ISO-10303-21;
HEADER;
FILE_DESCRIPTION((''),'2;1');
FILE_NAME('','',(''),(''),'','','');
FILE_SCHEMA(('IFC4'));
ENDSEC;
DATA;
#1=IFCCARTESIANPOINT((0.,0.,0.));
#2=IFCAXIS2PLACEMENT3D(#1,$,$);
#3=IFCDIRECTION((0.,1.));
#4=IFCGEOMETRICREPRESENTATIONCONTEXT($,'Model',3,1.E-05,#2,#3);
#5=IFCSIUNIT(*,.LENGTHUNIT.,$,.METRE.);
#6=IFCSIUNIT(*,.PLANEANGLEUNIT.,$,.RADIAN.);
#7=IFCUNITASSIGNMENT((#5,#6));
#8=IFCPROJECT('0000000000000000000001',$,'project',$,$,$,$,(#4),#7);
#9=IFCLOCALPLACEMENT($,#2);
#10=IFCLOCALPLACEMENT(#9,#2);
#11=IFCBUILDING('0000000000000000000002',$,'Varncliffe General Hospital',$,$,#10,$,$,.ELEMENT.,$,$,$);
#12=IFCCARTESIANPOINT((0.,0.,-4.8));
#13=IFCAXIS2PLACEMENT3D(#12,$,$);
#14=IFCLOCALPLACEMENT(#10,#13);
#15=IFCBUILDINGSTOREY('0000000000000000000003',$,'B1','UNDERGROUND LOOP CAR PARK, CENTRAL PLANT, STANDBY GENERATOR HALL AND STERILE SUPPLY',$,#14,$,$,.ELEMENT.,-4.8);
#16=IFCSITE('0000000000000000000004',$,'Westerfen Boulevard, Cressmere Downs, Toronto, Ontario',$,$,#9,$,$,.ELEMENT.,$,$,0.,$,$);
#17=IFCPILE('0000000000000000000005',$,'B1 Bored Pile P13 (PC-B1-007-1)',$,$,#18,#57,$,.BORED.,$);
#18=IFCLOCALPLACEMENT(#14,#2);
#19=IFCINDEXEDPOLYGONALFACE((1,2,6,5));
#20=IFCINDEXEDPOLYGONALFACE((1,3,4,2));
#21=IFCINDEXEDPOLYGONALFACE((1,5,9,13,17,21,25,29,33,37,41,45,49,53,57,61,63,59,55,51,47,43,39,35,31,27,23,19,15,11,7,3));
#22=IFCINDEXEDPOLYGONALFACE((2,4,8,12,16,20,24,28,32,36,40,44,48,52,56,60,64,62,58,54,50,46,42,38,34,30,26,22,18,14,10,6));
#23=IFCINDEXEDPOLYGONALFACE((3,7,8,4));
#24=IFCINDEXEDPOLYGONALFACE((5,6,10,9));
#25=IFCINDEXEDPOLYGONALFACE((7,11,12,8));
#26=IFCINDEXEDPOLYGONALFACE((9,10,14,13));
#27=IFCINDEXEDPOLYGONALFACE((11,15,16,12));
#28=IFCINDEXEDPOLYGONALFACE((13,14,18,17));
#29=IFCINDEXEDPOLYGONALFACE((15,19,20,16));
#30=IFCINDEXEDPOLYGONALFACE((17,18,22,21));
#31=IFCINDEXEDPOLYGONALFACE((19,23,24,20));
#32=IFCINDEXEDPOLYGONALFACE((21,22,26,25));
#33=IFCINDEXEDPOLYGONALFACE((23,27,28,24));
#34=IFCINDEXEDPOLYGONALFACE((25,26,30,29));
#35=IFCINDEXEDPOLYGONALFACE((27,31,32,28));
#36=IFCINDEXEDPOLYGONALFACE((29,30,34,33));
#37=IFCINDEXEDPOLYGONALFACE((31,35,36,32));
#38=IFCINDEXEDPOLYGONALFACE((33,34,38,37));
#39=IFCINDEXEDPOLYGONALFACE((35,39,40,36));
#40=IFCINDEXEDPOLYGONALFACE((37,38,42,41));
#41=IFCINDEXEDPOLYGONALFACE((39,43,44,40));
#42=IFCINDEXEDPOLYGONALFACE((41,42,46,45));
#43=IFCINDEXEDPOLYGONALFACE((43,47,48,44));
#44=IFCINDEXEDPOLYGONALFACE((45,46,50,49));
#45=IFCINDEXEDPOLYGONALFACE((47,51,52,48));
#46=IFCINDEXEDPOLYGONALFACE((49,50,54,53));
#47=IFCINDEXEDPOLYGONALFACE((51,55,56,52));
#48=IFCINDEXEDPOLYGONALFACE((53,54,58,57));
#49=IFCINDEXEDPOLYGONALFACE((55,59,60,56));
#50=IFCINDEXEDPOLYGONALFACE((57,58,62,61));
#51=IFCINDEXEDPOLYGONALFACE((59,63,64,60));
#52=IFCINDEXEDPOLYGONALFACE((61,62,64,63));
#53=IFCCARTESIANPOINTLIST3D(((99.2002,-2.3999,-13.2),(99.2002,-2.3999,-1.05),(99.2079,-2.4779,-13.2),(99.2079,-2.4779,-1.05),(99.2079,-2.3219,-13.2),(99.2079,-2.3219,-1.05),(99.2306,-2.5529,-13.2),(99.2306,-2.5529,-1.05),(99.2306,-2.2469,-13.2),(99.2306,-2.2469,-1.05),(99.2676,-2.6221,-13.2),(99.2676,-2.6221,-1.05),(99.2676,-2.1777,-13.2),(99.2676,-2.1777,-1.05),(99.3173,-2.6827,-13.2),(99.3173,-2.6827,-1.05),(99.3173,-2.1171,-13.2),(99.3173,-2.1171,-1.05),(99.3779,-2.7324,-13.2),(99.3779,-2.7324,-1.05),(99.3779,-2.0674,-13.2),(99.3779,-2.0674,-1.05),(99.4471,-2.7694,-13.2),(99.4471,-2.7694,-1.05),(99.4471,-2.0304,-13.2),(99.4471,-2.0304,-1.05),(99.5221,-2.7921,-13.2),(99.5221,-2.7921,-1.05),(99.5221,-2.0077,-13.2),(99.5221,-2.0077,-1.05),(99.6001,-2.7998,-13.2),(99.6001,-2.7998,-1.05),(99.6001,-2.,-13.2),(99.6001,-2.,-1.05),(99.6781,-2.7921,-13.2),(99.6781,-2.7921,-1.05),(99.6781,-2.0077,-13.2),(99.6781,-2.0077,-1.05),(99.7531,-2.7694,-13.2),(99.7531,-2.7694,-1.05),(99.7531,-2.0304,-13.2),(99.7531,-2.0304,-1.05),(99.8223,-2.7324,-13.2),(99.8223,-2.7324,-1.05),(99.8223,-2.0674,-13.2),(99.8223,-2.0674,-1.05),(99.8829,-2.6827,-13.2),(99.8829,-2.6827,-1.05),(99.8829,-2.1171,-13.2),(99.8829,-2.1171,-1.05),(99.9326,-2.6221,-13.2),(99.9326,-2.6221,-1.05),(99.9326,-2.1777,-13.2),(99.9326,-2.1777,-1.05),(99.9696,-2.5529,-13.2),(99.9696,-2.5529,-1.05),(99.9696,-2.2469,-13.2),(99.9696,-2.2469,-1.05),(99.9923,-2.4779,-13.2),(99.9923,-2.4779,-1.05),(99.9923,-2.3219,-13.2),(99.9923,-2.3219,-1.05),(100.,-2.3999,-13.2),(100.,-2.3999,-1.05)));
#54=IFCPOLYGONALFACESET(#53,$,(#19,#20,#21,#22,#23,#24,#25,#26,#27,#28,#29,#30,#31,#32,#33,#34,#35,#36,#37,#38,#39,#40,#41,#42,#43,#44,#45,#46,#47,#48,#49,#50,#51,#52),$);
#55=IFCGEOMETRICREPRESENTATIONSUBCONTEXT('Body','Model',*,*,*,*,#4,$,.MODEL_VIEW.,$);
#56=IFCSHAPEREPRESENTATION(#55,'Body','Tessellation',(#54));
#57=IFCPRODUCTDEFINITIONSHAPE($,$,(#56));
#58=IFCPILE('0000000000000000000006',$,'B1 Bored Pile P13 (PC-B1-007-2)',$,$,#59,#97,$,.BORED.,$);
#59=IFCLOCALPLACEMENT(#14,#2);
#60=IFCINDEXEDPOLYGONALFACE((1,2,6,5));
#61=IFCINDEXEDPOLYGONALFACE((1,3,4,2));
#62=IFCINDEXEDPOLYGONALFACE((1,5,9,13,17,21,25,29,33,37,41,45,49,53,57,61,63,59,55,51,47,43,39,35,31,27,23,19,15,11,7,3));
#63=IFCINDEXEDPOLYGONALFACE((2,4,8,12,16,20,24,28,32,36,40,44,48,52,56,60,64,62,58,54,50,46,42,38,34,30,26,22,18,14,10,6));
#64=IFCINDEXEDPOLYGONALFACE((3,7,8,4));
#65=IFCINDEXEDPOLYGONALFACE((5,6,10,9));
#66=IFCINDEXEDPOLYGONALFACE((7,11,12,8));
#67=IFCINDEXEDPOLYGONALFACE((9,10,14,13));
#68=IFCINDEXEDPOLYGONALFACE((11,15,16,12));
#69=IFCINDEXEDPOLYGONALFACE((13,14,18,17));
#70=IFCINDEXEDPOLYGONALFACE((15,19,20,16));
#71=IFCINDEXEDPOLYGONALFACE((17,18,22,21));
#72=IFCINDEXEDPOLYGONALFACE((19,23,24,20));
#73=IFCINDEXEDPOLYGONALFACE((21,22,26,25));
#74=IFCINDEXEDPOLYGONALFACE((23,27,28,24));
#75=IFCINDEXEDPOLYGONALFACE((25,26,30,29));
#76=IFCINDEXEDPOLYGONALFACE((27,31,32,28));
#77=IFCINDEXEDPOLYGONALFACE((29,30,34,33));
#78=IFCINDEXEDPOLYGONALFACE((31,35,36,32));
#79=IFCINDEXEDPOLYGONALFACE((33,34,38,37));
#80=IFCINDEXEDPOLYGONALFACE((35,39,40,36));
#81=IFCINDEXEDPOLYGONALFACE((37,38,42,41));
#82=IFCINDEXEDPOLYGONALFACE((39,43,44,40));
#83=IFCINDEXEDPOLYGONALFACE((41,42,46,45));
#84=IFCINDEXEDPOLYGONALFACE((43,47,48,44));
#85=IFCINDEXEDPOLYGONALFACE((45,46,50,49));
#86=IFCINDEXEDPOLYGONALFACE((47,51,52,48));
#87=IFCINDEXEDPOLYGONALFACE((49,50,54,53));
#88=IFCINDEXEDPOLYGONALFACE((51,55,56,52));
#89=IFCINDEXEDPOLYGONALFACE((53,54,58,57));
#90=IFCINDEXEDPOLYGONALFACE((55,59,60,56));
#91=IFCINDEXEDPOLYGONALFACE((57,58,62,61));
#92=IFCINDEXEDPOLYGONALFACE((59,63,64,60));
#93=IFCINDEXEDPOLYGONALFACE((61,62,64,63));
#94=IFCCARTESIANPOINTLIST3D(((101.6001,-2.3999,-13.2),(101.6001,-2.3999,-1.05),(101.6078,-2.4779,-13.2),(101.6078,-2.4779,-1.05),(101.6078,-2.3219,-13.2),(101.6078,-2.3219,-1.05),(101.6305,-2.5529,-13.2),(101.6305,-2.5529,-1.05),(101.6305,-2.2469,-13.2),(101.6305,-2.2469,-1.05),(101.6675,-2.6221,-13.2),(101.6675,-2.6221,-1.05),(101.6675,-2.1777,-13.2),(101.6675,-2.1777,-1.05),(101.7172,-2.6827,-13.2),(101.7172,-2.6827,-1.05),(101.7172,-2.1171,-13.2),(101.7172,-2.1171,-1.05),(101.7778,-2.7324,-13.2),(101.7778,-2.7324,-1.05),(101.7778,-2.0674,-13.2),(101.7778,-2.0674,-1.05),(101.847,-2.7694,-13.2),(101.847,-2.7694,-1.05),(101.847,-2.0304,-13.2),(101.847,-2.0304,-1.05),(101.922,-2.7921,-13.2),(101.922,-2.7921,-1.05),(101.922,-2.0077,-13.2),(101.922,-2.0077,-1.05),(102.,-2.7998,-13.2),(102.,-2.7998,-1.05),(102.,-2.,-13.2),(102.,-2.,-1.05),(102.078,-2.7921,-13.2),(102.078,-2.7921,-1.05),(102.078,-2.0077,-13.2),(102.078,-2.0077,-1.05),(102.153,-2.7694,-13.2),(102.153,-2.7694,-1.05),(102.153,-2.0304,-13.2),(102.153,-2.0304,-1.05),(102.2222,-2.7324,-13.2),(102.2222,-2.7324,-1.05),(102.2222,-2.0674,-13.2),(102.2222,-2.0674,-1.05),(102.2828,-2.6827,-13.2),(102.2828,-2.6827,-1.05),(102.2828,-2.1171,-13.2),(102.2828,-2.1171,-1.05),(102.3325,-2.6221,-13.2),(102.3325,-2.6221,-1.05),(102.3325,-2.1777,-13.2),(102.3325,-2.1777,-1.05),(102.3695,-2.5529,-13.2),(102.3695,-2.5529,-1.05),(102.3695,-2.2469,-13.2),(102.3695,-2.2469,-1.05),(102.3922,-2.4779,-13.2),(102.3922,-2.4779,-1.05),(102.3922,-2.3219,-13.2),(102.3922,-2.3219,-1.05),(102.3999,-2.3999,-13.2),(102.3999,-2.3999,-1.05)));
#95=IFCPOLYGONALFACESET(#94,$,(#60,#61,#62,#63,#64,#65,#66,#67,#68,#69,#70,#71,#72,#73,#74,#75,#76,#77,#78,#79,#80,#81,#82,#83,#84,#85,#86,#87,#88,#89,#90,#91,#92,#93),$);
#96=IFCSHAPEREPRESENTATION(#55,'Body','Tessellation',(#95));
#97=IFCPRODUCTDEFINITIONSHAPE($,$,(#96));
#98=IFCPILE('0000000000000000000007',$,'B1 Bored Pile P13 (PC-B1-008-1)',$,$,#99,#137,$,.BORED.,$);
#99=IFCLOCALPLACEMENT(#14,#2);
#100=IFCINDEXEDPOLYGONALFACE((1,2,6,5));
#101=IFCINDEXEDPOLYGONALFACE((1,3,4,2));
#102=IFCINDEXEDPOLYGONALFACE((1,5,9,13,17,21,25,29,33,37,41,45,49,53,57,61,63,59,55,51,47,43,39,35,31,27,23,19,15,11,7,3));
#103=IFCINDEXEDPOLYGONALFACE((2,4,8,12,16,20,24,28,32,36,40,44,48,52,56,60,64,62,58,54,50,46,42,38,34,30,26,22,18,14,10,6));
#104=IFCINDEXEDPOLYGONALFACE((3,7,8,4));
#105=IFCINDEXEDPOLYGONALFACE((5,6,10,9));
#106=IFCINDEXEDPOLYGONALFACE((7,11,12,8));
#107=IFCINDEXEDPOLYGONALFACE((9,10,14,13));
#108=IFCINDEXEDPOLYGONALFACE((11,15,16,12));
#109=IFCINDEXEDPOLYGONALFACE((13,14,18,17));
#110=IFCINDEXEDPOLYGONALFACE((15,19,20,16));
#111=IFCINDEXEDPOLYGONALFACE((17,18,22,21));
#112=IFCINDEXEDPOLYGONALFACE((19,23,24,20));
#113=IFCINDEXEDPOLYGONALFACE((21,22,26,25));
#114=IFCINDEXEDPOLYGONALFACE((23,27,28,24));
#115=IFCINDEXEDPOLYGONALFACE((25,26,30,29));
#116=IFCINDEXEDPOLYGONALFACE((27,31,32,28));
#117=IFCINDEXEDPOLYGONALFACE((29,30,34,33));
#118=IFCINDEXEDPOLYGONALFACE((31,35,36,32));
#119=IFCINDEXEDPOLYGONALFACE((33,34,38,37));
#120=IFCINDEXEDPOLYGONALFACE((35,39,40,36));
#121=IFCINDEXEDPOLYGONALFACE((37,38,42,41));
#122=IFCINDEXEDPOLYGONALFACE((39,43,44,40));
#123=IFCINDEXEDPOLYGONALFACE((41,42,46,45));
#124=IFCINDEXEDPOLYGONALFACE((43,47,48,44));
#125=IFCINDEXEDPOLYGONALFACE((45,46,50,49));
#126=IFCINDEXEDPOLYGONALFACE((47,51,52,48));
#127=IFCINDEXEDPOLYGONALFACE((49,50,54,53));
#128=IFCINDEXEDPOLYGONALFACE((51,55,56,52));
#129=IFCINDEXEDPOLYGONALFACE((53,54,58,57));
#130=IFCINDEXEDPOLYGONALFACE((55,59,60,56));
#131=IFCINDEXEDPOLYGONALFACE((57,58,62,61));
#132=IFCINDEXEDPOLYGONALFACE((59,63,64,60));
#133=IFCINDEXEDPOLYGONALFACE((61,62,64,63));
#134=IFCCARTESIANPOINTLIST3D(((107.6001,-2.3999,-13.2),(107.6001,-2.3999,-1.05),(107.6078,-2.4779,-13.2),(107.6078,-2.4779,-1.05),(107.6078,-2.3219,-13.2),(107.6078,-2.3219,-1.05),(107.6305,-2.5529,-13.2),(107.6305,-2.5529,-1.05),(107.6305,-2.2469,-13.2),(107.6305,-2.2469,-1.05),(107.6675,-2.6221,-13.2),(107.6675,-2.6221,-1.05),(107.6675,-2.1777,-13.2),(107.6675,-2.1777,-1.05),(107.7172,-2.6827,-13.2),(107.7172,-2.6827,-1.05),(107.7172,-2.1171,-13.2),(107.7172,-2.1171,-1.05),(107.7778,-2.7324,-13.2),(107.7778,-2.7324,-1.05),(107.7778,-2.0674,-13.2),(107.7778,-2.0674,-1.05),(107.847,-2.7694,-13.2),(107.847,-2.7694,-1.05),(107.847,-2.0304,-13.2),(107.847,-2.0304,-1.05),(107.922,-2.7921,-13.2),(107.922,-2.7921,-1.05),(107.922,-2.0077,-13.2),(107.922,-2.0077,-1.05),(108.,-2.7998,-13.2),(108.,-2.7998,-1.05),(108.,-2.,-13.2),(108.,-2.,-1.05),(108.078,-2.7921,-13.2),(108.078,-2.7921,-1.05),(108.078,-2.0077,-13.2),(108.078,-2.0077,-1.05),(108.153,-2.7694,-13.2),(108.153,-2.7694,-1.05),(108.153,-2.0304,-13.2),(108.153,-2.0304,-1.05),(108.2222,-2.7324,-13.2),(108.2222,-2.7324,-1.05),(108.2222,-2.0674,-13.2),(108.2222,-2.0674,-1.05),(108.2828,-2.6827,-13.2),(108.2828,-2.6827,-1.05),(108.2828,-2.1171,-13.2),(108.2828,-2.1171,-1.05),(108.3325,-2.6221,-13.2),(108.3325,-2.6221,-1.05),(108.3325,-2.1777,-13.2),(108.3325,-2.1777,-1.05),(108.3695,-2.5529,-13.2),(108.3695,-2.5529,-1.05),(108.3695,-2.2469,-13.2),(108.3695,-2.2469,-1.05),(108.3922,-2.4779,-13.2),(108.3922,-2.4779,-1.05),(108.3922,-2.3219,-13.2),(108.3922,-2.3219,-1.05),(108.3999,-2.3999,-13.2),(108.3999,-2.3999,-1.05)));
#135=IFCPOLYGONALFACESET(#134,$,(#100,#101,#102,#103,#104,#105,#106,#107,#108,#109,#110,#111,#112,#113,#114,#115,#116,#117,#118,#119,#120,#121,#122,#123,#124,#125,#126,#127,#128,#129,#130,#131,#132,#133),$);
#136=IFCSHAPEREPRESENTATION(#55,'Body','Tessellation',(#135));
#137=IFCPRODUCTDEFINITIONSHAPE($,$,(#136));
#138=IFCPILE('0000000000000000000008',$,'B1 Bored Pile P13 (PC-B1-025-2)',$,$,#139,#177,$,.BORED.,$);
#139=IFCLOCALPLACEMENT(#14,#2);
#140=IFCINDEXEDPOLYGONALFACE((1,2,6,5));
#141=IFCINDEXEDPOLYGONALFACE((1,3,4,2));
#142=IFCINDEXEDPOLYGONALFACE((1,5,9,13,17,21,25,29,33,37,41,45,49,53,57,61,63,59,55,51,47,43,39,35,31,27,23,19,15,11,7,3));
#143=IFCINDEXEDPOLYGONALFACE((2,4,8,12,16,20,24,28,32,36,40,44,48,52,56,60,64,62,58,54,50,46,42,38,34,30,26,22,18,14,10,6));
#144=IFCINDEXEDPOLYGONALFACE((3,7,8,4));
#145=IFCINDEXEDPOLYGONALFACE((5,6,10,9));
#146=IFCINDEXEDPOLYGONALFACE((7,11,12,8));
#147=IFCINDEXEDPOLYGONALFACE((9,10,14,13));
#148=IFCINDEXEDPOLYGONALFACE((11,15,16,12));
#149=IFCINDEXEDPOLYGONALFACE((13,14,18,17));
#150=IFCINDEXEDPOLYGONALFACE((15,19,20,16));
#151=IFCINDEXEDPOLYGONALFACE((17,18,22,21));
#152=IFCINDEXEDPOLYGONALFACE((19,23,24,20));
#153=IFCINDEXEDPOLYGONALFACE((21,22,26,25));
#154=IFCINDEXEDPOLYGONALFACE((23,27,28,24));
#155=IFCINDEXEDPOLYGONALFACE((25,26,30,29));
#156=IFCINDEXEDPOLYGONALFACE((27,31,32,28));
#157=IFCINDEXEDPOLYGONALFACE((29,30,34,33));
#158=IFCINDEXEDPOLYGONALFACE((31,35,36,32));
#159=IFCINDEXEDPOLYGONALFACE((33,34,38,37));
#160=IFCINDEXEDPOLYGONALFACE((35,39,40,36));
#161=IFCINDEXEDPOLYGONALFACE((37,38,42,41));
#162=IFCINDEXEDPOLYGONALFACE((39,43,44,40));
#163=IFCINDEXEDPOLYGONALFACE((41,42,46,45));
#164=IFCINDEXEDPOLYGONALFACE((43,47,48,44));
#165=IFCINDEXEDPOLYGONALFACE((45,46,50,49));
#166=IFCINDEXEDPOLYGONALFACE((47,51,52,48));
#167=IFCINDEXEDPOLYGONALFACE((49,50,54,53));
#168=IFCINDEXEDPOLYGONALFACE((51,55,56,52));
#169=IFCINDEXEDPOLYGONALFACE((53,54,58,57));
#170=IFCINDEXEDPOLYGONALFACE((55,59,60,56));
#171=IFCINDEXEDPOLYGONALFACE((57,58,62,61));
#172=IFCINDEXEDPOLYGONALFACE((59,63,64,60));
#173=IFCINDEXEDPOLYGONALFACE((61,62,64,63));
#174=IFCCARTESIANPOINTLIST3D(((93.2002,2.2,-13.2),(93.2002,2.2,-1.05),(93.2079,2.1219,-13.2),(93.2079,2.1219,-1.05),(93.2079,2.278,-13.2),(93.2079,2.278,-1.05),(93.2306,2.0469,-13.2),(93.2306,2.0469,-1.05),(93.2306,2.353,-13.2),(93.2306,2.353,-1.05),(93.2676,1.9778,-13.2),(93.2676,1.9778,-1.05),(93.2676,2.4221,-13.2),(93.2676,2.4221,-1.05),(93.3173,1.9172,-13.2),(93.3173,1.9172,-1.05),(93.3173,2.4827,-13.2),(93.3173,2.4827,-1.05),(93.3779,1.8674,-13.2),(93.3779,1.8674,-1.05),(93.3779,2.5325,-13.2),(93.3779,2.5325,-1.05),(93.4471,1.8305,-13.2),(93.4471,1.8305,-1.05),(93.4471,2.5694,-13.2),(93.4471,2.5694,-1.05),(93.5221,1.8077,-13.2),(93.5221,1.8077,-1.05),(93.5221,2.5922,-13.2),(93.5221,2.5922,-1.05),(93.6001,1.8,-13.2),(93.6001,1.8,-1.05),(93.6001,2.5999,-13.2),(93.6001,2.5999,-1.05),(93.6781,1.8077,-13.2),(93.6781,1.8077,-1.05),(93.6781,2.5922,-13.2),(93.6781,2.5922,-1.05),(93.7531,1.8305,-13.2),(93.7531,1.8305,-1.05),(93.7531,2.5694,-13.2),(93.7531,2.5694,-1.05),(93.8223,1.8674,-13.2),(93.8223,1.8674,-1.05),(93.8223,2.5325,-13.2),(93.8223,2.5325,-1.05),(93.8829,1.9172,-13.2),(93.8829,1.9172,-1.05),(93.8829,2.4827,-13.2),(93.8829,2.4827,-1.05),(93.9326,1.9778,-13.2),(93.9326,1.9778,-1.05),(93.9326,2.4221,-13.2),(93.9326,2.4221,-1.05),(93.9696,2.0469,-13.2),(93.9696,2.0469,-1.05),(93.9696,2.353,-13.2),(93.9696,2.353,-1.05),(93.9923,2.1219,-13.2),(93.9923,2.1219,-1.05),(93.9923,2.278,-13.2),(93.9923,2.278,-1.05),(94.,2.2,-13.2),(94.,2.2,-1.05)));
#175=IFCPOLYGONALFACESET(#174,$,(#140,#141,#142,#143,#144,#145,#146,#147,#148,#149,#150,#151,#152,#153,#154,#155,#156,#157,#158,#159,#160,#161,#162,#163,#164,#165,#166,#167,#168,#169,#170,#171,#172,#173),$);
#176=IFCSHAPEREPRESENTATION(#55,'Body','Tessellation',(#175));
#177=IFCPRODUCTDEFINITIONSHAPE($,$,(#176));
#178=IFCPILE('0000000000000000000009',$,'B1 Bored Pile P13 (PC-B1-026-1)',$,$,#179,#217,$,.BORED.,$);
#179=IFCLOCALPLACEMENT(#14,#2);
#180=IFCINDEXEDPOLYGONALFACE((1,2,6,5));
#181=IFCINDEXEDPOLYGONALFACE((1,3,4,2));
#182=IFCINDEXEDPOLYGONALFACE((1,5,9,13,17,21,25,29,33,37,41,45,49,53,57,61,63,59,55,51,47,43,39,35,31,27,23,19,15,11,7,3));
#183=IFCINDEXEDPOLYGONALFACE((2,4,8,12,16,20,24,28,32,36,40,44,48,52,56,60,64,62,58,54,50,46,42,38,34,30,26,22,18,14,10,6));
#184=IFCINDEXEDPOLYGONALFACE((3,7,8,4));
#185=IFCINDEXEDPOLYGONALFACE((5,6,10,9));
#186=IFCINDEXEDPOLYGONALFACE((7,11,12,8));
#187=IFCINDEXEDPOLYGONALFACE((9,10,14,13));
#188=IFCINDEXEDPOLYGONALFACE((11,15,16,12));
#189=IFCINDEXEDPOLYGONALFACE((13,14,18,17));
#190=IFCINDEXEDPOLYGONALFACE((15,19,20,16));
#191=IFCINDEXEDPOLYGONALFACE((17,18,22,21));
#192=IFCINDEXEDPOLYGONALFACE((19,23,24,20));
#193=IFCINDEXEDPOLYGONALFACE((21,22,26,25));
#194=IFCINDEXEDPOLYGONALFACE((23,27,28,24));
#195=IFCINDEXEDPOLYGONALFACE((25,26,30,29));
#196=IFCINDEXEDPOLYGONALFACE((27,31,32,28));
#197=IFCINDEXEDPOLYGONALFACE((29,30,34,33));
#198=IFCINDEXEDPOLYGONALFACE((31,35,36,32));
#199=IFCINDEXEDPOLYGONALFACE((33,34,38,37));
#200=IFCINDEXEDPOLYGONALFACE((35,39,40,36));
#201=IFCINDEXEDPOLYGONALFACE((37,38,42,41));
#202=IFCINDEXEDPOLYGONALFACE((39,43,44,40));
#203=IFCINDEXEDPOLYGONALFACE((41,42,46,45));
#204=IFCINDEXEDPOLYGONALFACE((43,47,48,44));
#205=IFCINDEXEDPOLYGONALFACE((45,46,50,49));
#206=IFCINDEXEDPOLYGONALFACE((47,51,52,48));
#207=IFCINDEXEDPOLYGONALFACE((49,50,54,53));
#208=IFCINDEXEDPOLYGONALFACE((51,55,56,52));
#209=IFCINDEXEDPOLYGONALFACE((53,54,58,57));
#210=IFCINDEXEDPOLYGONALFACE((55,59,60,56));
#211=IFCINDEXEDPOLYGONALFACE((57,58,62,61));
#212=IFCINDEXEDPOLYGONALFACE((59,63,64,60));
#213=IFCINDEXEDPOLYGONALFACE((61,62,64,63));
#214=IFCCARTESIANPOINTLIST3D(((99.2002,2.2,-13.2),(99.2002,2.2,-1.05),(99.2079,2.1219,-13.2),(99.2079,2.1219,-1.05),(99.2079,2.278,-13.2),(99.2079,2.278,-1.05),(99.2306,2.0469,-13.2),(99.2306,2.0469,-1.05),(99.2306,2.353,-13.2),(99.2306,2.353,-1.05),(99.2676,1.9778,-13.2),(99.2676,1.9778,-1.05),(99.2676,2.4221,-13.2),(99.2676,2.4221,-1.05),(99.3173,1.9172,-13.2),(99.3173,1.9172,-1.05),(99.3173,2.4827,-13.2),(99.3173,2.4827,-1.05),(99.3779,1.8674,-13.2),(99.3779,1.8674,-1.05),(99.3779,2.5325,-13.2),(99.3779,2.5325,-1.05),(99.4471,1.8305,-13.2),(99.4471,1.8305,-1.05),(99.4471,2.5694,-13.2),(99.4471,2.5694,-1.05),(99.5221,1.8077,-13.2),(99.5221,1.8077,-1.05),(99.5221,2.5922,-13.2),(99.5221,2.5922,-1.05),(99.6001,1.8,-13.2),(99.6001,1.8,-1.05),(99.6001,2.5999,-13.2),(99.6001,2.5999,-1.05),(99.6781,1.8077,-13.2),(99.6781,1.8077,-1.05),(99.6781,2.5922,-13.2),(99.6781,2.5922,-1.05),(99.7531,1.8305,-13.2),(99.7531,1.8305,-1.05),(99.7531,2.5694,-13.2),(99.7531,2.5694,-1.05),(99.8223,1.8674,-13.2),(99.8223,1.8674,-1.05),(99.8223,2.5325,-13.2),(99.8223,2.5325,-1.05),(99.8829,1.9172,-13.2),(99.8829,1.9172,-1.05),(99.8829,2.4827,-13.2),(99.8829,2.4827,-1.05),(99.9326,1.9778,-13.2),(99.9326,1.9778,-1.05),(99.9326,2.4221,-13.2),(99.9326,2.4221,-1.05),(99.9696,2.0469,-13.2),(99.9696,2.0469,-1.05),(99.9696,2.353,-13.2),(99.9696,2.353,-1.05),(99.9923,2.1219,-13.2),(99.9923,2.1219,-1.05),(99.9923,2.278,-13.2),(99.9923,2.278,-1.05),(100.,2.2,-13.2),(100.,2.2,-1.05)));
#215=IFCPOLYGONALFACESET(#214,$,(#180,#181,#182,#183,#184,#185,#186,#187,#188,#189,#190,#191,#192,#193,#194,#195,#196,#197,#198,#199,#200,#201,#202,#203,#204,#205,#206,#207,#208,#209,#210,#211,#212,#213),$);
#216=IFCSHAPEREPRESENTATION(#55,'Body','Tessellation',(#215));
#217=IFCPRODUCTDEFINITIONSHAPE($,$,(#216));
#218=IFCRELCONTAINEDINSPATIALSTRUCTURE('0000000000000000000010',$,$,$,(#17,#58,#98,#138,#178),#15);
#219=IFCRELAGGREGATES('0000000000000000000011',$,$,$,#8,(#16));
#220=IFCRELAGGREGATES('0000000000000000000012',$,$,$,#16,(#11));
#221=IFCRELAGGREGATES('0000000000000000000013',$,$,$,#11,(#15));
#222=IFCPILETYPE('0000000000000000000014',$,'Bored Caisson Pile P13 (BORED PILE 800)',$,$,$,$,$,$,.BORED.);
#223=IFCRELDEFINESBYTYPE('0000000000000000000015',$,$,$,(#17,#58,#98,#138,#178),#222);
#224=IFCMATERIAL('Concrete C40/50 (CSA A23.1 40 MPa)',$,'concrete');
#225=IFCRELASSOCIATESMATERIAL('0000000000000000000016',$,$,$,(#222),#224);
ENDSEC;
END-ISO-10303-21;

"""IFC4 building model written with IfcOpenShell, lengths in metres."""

from ifc_helpers import new_model, si_unit, direction, frame, origin, origin_2d, place, context, subcontext, project, spatial, circle, extrude, material, material_profile, profile_set, type_object, element, save


model = new_model("IFC4")

# Units and contexts
model_context = context("Model", 3, precision=1e-05, world=origin(), true_north=direction((0.0, 1.0)))
body_context = subcontext(model_context, "Body", "Model", "MODEL_VIEW")
ifc_project = project(units=[si_unit("LENGTHUNIT", "METRE"), si_unit("PLANEANGLEUNIT", "RADIAN")], contexts=[model_context])

# Site, building, storey
site_placement = place(None, origin())
site = spatial("IfcSite", under=ifc_project, at=site_placement, Name="Westerfen Boulevard, Cressmere Downs, Toronto, Ontario", CompositionType="ELEMENT", RefElevation=0.0)
building_placement = place(site_placement, origin())
building = spatial("IfcBuilding", under=site, at=building_placement, Name="Varncliffe General Hospital", CompositionType="ELEMENT")
storey_placement = place(building_placement, frame((0.0, 0.0, -4.8)))
storey = spatial("IfcBuildingStorey", under=building, at=storey_placement, Name="B1", Description="UNDERGROUND LOOP CAR PARK, CENTRAL PLANT, STANDBY GENERATOR HALL AND STERILE SUPPLY", CompositionType="ELEMENT", Elevation=-4.8)

# Piles
ifc_material_1 = material(Name="Concrete C40/50 (CSA A23.1 40 MPa)", Category="concrete")
ifc_material_profile_1 = material_profile(ifc_material_1, circle(Radius=0.3999, at=origin_2d()), Name="BORED PILE 800")
ifc_profile_set_1 = profile_set([ifc_material_profile_1], Name="Concrete C40/50 (CSA A23.1 40 MPa)")
pile_type = type_object("IfcPileType", Name="Bored Caisson Pile P13 (BORED PILE 800)", PredefinedType="BORED", material=ifc_profile_set_1)
for number, where, z_axis, x_axis, name in (
    (1, (99.6001, -2.3999, -1.05), (0.0, 0.0, -1.0), (1.0, 0.0, 0.0), "B1 Bored Pile P13 (PC-B1-007-1)"),
    (2, (102.0, -2.3999, -1.05), (0.0, 0.0, -1.0), (1.0, 0.0, 0.0), "B1 Bored Pile P13 (PC-B1-007-2)"),
    (3, (108.0, -2.3999, -1.05), (0.0, 0.0, -1.0), (1.0, 0.0, 0.0), "B1 Bored Pile P13 (PC-B1-008-1)"),
    (4, (93.6001, 2.2, -1.05), (0.0, 0.0, -1.0), (1.0, 0.0, 0.0), "B1 Bored Pile P13 (PC-B1-025-2)"),
    (5, (99.6001, 2.2, -1.05), (0.0, 0.0, -1.0), (1.0, 0.0, 0.0), "B1 Bored Pile P13 (PC-B1-026-1)"),
):
    element("IfcPile", number, at=place(storey_placement, frame(where, z_axis=z_axis, x_axis=x_axis)), inside=storey, type_object=pile_type, Name=name, PredefinedType="BORED", context=body_context, shape_type="SweptSolid", body=[
        extrude(circle(Radius=0.3999, at=origin_2d()), origin(), (0.0, 0.0, 1.0), 12.1499),
    ])

save(model, "model.ifc")
